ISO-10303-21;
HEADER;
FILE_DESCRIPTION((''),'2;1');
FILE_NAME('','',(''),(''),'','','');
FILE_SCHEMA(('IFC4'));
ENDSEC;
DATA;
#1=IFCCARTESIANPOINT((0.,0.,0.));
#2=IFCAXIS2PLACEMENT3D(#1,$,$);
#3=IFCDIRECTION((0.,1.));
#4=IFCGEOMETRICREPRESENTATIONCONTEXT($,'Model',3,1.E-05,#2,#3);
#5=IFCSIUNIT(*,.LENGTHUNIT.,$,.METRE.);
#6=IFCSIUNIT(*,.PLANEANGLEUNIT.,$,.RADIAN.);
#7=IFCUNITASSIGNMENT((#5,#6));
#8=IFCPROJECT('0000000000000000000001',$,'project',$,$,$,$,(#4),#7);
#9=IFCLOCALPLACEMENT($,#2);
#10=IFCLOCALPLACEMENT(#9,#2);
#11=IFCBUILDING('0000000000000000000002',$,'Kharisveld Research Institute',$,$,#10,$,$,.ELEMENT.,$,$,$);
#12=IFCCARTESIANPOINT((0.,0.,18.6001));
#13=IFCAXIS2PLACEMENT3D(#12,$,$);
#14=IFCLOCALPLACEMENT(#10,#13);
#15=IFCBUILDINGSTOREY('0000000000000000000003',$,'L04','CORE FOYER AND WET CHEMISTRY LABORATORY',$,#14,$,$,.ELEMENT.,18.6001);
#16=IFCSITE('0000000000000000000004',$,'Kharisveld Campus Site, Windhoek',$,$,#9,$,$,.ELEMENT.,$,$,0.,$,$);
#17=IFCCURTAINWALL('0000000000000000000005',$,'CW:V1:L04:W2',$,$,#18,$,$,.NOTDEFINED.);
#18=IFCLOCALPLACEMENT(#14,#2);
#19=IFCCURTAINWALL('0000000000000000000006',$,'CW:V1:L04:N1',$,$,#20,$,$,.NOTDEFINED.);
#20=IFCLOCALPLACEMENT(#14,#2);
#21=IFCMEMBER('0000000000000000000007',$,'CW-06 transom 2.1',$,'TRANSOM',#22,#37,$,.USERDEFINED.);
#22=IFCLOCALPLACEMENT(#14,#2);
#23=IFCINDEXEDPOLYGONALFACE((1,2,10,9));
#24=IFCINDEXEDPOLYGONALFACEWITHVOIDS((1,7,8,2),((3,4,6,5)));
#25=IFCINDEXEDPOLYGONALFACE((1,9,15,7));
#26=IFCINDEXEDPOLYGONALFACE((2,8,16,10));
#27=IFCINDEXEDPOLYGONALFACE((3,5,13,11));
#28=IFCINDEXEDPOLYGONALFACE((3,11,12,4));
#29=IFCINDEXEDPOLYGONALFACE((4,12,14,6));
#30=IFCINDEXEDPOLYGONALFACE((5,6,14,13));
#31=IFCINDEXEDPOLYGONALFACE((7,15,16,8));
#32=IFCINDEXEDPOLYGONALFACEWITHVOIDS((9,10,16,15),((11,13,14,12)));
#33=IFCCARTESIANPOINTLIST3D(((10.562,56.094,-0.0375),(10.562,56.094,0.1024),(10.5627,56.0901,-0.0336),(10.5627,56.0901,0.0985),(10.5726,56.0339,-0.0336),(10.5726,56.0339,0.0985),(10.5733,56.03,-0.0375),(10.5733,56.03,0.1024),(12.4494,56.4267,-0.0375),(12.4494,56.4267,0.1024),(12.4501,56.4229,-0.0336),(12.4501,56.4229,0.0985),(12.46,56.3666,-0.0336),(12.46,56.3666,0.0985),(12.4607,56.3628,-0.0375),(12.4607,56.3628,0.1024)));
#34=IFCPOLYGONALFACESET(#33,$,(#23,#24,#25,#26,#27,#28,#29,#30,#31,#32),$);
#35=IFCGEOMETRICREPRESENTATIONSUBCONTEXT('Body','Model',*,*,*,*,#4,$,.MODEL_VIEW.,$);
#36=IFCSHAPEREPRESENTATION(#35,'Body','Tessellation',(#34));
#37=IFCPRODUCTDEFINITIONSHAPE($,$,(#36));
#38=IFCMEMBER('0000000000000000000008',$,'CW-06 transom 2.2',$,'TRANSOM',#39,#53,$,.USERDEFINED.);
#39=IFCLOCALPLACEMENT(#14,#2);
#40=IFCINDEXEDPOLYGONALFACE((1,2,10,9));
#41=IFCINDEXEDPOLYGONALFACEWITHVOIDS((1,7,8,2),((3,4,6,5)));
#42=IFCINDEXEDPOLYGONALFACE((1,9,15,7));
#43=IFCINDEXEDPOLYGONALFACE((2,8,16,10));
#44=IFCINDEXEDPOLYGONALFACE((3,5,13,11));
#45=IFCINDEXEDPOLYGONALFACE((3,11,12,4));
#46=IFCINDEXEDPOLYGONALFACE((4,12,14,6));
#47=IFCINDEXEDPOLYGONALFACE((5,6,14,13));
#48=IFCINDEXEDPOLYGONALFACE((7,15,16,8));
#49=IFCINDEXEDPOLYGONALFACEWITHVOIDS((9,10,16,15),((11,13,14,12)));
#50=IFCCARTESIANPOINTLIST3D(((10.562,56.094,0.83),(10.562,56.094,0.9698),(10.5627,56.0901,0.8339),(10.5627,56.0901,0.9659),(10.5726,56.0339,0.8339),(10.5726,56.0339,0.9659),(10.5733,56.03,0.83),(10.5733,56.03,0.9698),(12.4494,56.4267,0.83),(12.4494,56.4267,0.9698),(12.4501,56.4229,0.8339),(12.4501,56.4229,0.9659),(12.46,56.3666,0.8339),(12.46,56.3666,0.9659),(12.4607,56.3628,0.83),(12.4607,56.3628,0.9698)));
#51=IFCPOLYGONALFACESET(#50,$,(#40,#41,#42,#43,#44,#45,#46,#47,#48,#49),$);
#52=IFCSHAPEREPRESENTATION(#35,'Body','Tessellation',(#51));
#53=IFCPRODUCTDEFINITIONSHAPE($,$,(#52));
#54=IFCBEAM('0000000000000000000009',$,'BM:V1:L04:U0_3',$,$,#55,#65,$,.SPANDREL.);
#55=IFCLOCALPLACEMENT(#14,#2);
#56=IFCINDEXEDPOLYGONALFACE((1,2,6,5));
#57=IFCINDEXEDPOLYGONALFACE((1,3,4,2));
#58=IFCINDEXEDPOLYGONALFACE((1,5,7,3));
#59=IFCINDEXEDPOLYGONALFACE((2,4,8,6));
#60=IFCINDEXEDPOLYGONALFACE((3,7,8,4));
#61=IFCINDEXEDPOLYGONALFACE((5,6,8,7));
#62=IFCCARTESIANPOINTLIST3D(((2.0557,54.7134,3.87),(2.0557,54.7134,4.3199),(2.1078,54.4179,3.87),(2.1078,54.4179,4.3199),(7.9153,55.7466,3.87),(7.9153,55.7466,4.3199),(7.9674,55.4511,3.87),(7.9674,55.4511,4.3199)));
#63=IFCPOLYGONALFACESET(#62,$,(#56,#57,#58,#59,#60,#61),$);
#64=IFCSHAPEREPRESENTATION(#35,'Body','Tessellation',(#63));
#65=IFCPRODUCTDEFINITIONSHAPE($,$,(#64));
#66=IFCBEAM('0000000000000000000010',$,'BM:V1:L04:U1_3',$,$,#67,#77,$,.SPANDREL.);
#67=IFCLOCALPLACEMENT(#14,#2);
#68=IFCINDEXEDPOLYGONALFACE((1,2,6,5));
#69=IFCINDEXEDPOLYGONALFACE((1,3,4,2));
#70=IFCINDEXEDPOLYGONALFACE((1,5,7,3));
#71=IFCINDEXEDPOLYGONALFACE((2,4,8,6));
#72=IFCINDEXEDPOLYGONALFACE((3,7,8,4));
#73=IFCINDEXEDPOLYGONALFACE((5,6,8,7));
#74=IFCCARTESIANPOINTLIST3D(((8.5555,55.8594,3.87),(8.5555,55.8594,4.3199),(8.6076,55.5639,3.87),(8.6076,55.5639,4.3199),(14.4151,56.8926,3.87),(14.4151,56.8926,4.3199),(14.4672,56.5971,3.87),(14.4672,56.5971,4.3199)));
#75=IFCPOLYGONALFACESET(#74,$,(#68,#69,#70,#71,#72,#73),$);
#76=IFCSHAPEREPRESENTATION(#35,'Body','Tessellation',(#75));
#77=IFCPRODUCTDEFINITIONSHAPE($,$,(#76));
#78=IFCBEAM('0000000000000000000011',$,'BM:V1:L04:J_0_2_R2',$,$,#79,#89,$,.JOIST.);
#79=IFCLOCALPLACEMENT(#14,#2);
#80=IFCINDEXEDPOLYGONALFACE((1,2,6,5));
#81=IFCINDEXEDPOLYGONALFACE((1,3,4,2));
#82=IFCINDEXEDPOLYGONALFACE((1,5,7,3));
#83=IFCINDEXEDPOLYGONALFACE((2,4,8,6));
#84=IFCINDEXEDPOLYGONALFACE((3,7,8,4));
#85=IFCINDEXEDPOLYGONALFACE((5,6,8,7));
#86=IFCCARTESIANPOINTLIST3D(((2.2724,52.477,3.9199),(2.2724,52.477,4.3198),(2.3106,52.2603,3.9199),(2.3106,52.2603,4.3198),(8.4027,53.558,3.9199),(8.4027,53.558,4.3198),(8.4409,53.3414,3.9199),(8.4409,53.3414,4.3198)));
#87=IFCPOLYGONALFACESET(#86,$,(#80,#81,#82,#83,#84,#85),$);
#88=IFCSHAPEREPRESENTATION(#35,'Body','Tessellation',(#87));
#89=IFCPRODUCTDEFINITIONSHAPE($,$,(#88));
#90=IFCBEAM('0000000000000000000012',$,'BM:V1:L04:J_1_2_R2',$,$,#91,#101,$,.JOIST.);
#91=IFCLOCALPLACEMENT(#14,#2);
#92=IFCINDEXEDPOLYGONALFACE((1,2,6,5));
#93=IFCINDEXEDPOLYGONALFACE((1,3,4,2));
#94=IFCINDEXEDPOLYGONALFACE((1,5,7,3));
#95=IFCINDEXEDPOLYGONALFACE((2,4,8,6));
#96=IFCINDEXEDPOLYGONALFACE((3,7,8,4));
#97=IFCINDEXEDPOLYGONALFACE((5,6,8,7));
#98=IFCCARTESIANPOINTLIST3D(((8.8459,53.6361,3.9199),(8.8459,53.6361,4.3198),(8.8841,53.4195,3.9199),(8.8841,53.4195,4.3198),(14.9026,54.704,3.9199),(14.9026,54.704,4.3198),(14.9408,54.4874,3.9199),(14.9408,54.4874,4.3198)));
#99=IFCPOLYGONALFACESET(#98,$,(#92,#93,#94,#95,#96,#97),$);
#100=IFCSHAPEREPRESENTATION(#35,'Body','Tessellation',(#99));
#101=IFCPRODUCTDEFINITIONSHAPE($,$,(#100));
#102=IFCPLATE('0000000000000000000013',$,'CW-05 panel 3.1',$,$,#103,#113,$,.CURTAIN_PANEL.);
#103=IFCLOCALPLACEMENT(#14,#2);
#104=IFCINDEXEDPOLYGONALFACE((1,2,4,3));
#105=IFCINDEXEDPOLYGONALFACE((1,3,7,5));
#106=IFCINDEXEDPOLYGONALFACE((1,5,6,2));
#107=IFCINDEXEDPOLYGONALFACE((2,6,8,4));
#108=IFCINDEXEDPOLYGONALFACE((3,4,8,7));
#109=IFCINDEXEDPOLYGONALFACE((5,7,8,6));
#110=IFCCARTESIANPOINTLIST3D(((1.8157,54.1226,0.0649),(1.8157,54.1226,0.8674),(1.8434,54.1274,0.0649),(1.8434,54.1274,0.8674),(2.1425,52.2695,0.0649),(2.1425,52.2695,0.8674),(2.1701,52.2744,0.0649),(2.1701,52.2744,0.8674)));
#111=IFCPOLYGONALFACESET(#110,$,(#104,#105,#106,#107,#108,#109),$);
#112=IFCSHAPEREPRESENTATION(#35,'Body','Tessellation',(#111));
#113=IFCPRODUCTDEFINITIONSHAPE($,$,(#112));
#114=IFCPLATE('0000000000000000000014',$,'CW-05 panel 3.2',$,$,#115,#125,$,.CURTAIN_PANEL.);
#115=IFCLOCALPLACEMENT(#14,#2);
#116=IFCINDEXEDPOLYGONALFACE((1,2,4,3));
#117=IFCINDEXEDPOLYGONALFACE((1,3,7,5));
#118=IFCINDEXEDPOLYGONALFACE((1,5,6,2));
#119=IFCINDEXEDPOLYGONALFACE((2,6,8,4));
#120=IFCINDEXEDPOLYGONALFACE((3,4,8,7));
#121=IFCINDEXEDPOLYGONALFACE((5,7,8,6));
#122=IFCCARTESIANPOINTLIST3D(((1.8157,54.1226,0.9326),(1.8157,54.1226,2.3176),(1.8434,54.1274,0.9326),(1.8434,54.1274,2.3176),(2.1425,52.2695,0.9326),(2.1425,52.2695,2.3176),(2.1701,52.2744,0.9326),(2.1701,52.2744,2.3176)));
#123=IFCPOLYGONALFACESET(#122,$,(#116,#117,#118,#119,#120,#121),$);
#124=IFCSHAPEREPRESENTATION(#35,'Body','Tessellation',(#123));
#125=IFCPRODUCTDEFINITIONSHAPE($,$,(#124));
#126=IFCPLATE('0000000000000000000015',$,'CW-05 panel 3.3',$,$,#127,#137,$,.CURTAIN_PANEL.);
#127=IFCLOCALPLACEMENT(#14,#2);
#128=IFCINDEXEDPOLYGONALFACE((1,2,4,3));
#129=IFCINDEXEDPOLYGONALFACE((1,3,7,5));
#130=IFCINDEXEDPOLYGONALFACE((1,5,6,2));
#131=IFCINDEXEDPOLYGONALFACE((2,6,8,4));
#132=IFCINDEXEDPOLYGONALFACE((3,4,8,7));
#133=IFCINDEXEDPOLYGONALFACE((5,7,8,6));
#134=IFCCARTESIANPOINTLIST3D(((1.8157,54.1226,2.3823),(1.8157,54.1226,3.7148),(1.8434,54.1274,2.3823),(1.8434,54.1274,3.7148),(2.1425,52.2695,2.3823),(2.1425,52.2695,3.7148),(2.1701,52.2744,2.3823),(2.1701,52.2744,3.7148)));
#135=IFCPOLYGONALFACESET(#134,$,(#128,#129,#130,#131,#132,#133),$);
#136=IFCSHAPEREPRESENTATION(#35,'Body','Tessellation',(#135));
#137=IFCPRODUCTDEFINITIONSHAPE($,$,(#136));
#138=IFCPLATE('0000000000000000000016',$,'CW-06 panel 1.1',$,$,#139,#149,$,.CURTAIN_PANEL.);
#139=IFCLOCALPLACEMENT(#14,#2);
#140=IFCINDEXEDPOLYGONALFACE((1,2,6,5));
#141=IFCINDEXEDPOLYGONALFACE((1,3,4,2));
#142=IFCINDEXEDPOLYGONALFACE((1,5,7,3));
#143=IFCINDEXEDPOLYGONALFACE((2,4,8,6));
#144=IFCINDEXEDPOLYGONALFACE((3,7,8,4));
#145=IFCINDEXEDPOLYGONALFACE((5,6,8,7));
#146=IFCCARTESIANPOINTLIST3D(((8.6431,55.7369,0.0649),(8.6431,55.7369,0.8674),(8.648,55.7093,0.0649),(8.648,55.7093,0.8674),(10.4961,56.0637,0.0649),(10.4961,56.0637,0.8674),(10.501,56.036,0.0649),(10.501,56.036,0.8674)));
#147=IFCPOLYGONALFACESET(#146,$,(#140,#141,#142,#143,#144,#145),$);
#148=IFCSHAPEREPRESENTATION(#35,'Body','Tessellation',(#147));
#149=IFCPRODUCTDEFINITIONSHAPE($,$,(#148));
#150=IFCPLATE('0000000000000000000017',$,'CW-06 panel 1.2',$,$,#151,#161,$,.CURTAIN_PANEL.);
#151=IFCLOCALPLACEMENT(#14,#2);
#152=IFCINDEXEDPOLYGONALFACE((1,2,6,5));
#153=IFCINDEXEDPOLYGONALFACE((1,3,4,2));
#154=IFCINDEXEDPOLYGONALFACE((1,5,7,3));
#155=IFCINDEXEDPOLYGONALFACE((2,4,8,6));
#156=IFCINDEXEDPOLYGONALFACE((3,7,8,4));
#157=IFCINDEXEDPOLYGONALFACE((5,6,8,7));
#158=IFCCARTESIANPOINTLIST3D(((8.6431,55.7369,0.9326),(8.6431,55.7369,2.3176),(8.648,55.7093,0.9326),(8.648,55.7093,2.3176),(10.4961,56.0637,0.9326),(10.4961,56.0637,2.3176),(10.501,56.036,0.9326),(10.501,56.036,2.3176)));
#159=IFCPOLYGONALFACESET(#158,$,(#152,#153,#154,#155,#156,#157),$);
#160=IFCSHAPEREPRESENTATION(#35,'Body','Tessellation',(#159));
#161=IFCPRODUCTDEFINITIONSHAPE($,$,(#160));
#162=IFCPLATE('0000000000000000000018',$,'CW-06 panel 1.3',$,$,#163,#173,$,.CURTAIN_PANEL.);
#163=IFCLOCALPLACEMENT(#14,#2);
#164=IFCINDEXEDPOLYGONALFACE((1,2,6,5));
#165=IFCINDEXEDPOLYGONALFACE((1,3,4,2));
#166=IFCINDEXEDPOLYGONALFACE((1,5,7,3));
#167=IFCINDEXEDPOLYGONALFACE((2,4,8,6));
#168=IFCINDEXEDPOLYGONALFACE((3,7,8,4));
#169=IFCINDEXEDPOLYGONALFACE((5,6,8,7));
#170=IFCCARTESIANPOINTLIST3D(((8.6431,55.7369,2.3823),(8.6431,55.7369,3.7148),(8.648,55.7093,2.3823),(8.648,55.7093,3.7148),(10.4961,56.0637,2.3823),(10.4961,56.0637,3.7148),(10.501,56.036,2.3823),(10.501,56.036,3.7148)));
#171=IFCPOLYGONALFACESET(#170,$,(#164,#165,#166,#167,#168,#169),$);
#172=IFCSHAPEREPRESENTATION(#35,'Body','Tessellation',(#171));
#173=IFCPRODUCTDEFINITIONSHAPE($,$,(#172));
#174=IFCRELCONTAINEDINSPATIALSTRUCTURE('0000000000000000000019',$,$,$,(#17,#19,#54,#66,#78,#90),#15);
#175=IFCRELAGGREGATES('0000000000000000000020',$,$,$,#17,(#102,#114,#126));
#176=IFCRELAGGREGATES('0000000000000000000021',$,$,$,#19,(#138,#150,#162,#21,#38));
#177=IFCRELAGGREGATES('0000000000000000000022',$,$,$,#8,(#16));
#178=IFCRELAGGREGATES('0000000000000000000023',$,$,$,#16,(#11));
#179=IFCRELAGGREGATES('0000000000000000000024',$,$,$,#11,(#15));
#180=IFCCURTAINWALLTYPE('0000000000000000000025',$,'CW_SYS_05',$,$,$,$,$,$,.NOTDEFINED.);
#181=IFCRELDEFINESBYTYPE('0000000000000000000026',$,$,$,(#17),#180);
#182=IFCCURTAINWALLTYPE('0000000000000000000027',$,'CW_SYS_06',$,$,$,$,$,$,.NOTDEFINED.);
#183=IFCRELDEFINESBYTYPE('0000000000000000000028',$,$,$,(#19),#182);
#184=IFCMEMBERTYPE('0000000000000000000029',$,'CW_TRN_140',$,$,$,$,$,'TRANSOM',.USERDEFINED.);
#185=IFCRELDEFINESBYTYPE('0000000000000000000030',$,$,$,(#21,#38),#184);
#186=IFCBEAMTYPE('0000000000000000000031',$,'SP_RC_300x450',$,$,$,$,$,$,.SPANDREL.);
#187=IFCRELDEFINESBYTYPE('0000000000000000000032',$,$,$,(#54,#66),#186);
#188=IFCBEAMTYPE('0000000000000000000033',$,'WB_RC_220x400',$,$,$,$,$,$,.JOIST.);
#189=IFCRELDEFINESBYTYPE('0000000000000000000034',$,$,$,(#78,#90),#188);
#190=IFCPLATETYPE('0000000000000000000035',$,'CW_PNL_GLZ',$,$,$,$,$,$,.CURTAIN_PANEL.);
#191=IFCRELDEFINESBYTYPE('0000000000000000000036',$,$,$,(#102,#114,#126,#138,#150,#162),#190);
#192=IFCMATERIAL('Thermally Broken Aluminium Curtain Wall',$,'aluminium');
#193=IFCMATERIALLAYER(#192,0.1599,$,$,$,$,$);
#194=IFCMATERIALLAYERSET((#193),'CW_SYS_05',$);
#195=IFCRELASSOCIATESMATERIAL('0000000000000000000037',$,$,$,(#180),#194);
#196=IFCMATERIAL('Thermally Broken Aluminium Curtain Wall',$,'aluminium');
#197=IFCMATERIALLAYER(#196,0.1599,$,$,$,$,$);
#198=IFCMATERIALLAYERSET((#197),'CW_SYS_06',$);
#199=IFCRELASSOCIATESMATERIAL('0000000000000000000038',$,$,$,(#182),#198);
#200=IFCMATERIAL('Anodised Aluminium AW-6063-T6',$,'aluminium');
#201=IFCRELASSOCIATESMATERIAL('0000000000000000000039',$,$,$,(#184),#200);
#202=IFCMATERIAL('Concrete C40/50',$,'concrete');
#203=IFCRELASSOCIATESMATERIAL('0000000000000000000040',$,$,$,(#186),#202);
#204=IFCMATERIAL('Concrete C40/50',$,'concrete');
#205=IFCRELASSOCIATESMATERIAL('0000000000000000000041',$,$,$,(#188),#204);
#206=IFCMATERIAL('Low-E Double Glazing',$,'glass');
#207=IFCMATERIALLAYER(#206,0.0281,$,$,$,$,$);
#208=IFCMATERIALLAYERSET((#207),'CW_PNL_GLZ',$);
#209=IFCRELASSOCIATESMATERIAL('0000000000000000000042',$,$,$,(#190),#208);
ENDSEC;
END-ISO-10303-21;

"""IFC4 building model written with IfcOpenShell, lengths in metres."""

from ifc_helpers import new_model, si_unit, direction, frame, origin, origin_2d, place, context, subcontext, project, spatial, rectangle, hollow_rectangle, extrude, material, layer, layer_set, material_profile, profile_set, type_object, element, aggregate, save


model = new_model("IFC4")

# Units and contexts
model_context = context("Model", 3, precision=1e-05, world=origin(), true_north=direction((0.0, 1.0)))
body_context = subcontext(model_context, "Body", "Model", "MODEL_VIEW")
ifc_project = project(units=[si_unit("LENGTHUNIT", "METRE"), si_unit("PLANEANGLEUNIT", "RADIAN")], contexts=[model_context])

# Site, building, storey
site_placement = place(None, origin())
site = spatial("IfcSite", under=ifc_project, at=site_placement, Name="Kharisveld Campus Site, Windhoek", CompositionType="ELEMENT", RefElevation=0.0)
building_placement = place(site_placement, origin())
building = spatial("IfcBuilding", under=site, at=building_placement, Name="Kharisveld Research Institute", CompositionType="ELEMENT")
storey_placement = place(building_placement, frame((0.0, 0.0, 18.6001)))
storey = spatial("IfcBuildingStorey", under=building, at=storey_placement, Name="L04", Description="CORE FOYER AND WET CHEMISTRY LABORATORY", CompositionType="ELEMENT", Elevation=18.6001)

# Curtain wall
ifc_material_1 = material(Name="Thermally Broken Aluminium Curtain Wall", Category="aluminium")
ifc_layer_1 = layer(ifc_material_1, 0.1599)
ifc_layer_set_1 = layer_set([ifc_layer_1], Name="CW_SYS_05")
curtain_wall_type_1 = type_object("IfcCurtainWallType", Name="CW_SYS_05", PredefinedType="NOTDEFINED", material=ifc_layer_set_1)
curtain_wall_1_placement = place(storey_placement, origin())
curtain_wall_1 = element("IfcCurtainWall", 1, at=curtain_wall_1_placement, inside=storey, type_object=curtain_wall_type_1, Name="CW:V1:L04:W2", PredefinedType="NOTDEFINED")

# Curtain wall
ifc_material_2 = material(Name="Thermally Broken Aluminium Curtain Wall", Category="aluminium")
ifc_layer_2 = layer(ifc_material_2, 0.1599)
ifc_layer_set_2 = layer_set([ifc_layer_2], Name="CW_SYS_06")
curtain_wall_type_2 = type_object("IfcCurtainWallType", Name="CW_SYS_06", PredefinedType="NOTDEFINED", material=ifc_layer_set_2)
curtain_wall_2_placement = place(storey_placement, origin())
curtain_wall_2 = element("IfcCurtainWall", 2, at=curtain_wall_2_placement, inside=storey, type_object=curtain_wall_type_2, Name="CW:V1:L04:N1", PredefinedType="NOTDEFINED")

# Members
ifc_material_3 = material(Name="Anodised Aluminium AW-6063-T6", Category="aluminium")
ifc_material_profile_1 = material_profile(ifc_material_3, hollow_rectangle(XDim=0.0649, YDim=0.1399, WallThickness=0.0039, at=origin_2d()))
ifc_profile_set_1 = profile_set([ifc_material_profile_1], Name="Anodised Aluminium AW-6063-T6")
member_type_1 = type_object("IfcMemberType", Name="CW_TRN_140", ElementType="TRANSOM", PredefinedType="USERDEFINED", material=ifc_profile_set_1)
member_1_placement = place(storey_placement, frame((10.5676, 56.062, 0.0325), z_axis=(0.984812, 0.173625, 0.0), x_axis=(-0.173625, 0.984812, 0.0)))
member_1 = element("IfcMember", 3, at=member_1_placement, type_object=member_type_1, Name="CW-06 transom 2.1", ObjectType="TRANSOM", PredefinedType="USERDEFINED", context=body_context, shape_type="SweptSolid", body=[
    extrude(hollow_rectangle(XDim=0.0649, YDim=0.1399, WallThickness=0.0039, at=origin_2d()), origin(), (0.0, 0.0, 1.0), 1.9165),
])
member_2_placement = place(storey_placement, frame((10.5676, 56.062, 0.8999), z_axis=(0.984812, 0.173625, 0.0), x_axis=(-0.173625, 0.984812, 0.0)))
member_2 = element("IfcMember", 4, at=member_2_placement, type_object=member_type_1, Name="CW-06 transom 2.2", ObjectType="TRANSOM", PredefinedType="USERDEFINED", context=body_context, shape_type="SweptSolid", body=[
    extrude(hollow_rectangle(XDim=0.0649, YDim=0.1399, WallThickness=0.0039, at=origin_2d()), origin(), (0.0, 0.0, 1.0), 1.9165),
])

# Beams
ifc_material_4 = material(Name="Concrete C40/50", Category="concrete")
ifc_material_profile_2 = material_profile(ifc_material_4, rectangle(XDim=0.3, YDim=0.45, at=origin_2d()))
ifc_profile_set_2 = profile_set([ifc_material_profile_2], Name="Concrete C40/50")
beam_type_1 = type_object("IfcBeamType", Name="SP_RC_300x450", PredefinedType="SPANDREL", material=ifc_profile_set_2)
for number, where, z_axis, x_axis, name in (
    (5, (2.0818, 54.5657, 4.095), (0.984808, 0.173647, 0.0), (-0.173647, 0.984808, 0.0), "BM:V1:L04:U0_3"),
    (6, (8.5815, 55.7117, 4.095), (0.984808, 0.173647, 0.0), (-0.173647, 0.984808, 0.0), "BM:V1:L04:U1_3"),
):
    element("IfcBeam", number, at=place(storey_placement, frame(where, z_axis=z_axis, x_axis=x_axis)), inside=storey, type_object=beam_type_1, Name=name, PredefinedType="SPANDREL", context=body_context, shape_type="SweptSolid", body=[
        extrude(rectangle(XDim=0.3, YDim=0.45, at=origin_2d()), origin(), (0.0, 0.0, 1.0), 5.95),
    ])
ifc_material_5 = material(Name="Concrete C40/50", Category="concrete")
ifc_material_profile_3 = material_profile(ifc_material_5, rectangle(XDim=0.22, YDim=0.3999, at=origin_2d()))
ifc_profile_set_3 = profile_set([ifc_material_profile_3], Name="Concrete C40/50")
beam_type_2 = type_object("IfcBeamType", Name="WB_RC_220x400", PredefinedType="JOIST", material=ifc_profile_set_3)
beam_1_placement = place(storey_placement, frame((2.2915, 52.3687, 4.1199), z_axis=(0.984805, 0.173665, 0.0), x_axis=(-0.173665, 0.984805, 0.0)))
element("IfcBeam", 7, at=beam_1_placement, inside=storey, type_object=beam_type_2, Name="BM:V1:L04:J_0_2_R2", PredefinedType="JOIST", context=body_context, shape_type="SweptSolid", body=[
    extrude(rectangle(XDim=0.22, YDim=0.3999, at=origin_2d()), origin(), (0.0, 0.0, 1.0), 6.2249),
])
beam_2_placement = place(storey_placement, frame((8.865, 53.5278, 4.1199), z_axis=(0.98481, 0.173636, 0.0), x_axis=(-0.173636, 0.98481, 0.0)))
element("IfcBeam", 8, at=beam_2_placement, inside=storey, type_object=beam_type_2, Name="BM:V1:L04:J_1_2_R2", PredefinedType="JOIST", context=body_context, shape_type="SweptSolid", body=[
    extrude(rectangle(XDim=0.22, YDim=0.3999, at=origin_2d()), origin(), (0.0, 0.0, 1.0), 6.1501),
])

# Plates
ifc_material_6 = material(Name="Low-E Double Glazing", Category="glass")
ifc_layer_3 = layer(ifc_material_6, 0.0281)
ifc_layer_set_3 = layer_set([ifc_layer_3], Name="CW_PNL_GLZ")
plate_type = type_object("IfcPlateType", Name="CW_PNL_GLZ", PredefinedType="CURTAIN_PANEL", material=ifc_layer_set_3)
plate_1_placement = place(storey_placement, frame((1.9929, 53.1985, 0.0649), z_axis=(0.0, 0.0, 1.0), x_axis=(-0.173648, 0.984808, 0.0)))
plate_1 = element("IfcPlate", 9, at=plate_1_placement, type_object=plate_type, Name="CW-05 panel 3.1", PredefinedType="CURTAIN_PANEL", context=body_context, shape_type="SweptSolid", body=[
    extrude(rectangle(XDim=1.8816, YDim=0.0281, at=origin_2d()), origin(), (0.0, 0.0, 1.0), 0.8025),
])
plate_2_placement = place(storey_placement, frame((1.9929, 53.1985, 0.9326), z_axis=(0.0, 0.0, 1.0), x_axis=(-0.173648, 0.984808, 0.0)))
plate_2 = element("IfcPlate", 10, at=plate_2_placement, type_object=plate_type, Name="CW-05 panel 3.2", PredefinedType="CURTAIN_PANEL", context=body_context, shape_type="SweptSolid", body=[
    extrude(rectangle(XDim=1.8816, YDim=0.0281, at=origin_2d()), origin(), (0.0, 0.0, 1.0), 1.385),
])
plate_3_placement = place(storey_placement, frame((1.9929, 53.1985, 2.3823), z_axis=(0.0, 0.0, 1.0), x_axis=(-0.173648, 0.984808, 0.0)))
plate_3 = element("IfcPlate", 11, at=plate_3_placement, type_object=plate_type, Name="CW-05 panel 3.3", PredefinedType="CURTAIN_PANEL", context=body_context, shape_type="SweptSolid", body=[
    extrude(rectangle(XDim=1.8816, YDim=0.0281, at=origin_2d()), origin(), (0.0, 0.0, 1.0), 1.3325),
])
aggregate(curtain_wall_1, [plate_1, plate_2, plate_3])
plate_4_placement = place(storey_placement, frame((9.572, 55.8865, 0.0649), z_axis=(0.0, 0.0, 1.0), x_axis=(0.984808, 0.173648, 0.0)))
plate_4 = element("IfcPlate", 12, at=plate_4_placement, type_object=plate_type, Name="CW-06 panel 1.1", PredefinedType="CURTAIN_PANEL", context=body_context, shape_type="SweptSolid", body=[
    extrude(rectangle(XDim=1.8816, YDim=0.0281, at=origin_2d()), origin(), (0.0, 0.0, 1.0), 0.8025),
])
plate_5_placement = place(storey_placement, frame((9.572, 55.8865, 0.9326), z_axis=(0.0, 0.0, 1.0), x_axis=(0.984808, 0.173648, 0.0)))
plate_5 = element("IfcPlate", 13, at=plate_5_placement, type_object=plate_type, Name="CW-06 panel 1.2", PredefinedType="CURTAIN_PANEL", context=body_context, shape_type="SweptSolid", body=[
    extrude(rectangle(XDim=1.8816, YDim=0.0281, at=origin_2d()), origin(), (0.0, 0.0, 1.0), 1.385),
])
plate_6_placement = place(storey_placement, frame((9.572, 55.8865, 2.3823), z_axis=(0.0, 0.0, 1.0), x_axis=(0.984808, 0.173648, 0.0)))
plate_6 = element("IfcPlate", 14, at=plate_6_placement, type_object=plate_type, Name="CW-06 panel 1.3", PredefinedType="CURTAIN_PANEL", context=body_context, shape_type="SweptSolid", body=[
    extrude(rectangle(XDim=1.8816, YDim=0.0281, at=origin_2d()), origin(), (0.0, 0.0, 1.0), 1.3325),
])
aggregate(curtain_wall_2, [plate_4, plate_5, plate_6, member_1, member_2])

save(model, "model.ifc")
